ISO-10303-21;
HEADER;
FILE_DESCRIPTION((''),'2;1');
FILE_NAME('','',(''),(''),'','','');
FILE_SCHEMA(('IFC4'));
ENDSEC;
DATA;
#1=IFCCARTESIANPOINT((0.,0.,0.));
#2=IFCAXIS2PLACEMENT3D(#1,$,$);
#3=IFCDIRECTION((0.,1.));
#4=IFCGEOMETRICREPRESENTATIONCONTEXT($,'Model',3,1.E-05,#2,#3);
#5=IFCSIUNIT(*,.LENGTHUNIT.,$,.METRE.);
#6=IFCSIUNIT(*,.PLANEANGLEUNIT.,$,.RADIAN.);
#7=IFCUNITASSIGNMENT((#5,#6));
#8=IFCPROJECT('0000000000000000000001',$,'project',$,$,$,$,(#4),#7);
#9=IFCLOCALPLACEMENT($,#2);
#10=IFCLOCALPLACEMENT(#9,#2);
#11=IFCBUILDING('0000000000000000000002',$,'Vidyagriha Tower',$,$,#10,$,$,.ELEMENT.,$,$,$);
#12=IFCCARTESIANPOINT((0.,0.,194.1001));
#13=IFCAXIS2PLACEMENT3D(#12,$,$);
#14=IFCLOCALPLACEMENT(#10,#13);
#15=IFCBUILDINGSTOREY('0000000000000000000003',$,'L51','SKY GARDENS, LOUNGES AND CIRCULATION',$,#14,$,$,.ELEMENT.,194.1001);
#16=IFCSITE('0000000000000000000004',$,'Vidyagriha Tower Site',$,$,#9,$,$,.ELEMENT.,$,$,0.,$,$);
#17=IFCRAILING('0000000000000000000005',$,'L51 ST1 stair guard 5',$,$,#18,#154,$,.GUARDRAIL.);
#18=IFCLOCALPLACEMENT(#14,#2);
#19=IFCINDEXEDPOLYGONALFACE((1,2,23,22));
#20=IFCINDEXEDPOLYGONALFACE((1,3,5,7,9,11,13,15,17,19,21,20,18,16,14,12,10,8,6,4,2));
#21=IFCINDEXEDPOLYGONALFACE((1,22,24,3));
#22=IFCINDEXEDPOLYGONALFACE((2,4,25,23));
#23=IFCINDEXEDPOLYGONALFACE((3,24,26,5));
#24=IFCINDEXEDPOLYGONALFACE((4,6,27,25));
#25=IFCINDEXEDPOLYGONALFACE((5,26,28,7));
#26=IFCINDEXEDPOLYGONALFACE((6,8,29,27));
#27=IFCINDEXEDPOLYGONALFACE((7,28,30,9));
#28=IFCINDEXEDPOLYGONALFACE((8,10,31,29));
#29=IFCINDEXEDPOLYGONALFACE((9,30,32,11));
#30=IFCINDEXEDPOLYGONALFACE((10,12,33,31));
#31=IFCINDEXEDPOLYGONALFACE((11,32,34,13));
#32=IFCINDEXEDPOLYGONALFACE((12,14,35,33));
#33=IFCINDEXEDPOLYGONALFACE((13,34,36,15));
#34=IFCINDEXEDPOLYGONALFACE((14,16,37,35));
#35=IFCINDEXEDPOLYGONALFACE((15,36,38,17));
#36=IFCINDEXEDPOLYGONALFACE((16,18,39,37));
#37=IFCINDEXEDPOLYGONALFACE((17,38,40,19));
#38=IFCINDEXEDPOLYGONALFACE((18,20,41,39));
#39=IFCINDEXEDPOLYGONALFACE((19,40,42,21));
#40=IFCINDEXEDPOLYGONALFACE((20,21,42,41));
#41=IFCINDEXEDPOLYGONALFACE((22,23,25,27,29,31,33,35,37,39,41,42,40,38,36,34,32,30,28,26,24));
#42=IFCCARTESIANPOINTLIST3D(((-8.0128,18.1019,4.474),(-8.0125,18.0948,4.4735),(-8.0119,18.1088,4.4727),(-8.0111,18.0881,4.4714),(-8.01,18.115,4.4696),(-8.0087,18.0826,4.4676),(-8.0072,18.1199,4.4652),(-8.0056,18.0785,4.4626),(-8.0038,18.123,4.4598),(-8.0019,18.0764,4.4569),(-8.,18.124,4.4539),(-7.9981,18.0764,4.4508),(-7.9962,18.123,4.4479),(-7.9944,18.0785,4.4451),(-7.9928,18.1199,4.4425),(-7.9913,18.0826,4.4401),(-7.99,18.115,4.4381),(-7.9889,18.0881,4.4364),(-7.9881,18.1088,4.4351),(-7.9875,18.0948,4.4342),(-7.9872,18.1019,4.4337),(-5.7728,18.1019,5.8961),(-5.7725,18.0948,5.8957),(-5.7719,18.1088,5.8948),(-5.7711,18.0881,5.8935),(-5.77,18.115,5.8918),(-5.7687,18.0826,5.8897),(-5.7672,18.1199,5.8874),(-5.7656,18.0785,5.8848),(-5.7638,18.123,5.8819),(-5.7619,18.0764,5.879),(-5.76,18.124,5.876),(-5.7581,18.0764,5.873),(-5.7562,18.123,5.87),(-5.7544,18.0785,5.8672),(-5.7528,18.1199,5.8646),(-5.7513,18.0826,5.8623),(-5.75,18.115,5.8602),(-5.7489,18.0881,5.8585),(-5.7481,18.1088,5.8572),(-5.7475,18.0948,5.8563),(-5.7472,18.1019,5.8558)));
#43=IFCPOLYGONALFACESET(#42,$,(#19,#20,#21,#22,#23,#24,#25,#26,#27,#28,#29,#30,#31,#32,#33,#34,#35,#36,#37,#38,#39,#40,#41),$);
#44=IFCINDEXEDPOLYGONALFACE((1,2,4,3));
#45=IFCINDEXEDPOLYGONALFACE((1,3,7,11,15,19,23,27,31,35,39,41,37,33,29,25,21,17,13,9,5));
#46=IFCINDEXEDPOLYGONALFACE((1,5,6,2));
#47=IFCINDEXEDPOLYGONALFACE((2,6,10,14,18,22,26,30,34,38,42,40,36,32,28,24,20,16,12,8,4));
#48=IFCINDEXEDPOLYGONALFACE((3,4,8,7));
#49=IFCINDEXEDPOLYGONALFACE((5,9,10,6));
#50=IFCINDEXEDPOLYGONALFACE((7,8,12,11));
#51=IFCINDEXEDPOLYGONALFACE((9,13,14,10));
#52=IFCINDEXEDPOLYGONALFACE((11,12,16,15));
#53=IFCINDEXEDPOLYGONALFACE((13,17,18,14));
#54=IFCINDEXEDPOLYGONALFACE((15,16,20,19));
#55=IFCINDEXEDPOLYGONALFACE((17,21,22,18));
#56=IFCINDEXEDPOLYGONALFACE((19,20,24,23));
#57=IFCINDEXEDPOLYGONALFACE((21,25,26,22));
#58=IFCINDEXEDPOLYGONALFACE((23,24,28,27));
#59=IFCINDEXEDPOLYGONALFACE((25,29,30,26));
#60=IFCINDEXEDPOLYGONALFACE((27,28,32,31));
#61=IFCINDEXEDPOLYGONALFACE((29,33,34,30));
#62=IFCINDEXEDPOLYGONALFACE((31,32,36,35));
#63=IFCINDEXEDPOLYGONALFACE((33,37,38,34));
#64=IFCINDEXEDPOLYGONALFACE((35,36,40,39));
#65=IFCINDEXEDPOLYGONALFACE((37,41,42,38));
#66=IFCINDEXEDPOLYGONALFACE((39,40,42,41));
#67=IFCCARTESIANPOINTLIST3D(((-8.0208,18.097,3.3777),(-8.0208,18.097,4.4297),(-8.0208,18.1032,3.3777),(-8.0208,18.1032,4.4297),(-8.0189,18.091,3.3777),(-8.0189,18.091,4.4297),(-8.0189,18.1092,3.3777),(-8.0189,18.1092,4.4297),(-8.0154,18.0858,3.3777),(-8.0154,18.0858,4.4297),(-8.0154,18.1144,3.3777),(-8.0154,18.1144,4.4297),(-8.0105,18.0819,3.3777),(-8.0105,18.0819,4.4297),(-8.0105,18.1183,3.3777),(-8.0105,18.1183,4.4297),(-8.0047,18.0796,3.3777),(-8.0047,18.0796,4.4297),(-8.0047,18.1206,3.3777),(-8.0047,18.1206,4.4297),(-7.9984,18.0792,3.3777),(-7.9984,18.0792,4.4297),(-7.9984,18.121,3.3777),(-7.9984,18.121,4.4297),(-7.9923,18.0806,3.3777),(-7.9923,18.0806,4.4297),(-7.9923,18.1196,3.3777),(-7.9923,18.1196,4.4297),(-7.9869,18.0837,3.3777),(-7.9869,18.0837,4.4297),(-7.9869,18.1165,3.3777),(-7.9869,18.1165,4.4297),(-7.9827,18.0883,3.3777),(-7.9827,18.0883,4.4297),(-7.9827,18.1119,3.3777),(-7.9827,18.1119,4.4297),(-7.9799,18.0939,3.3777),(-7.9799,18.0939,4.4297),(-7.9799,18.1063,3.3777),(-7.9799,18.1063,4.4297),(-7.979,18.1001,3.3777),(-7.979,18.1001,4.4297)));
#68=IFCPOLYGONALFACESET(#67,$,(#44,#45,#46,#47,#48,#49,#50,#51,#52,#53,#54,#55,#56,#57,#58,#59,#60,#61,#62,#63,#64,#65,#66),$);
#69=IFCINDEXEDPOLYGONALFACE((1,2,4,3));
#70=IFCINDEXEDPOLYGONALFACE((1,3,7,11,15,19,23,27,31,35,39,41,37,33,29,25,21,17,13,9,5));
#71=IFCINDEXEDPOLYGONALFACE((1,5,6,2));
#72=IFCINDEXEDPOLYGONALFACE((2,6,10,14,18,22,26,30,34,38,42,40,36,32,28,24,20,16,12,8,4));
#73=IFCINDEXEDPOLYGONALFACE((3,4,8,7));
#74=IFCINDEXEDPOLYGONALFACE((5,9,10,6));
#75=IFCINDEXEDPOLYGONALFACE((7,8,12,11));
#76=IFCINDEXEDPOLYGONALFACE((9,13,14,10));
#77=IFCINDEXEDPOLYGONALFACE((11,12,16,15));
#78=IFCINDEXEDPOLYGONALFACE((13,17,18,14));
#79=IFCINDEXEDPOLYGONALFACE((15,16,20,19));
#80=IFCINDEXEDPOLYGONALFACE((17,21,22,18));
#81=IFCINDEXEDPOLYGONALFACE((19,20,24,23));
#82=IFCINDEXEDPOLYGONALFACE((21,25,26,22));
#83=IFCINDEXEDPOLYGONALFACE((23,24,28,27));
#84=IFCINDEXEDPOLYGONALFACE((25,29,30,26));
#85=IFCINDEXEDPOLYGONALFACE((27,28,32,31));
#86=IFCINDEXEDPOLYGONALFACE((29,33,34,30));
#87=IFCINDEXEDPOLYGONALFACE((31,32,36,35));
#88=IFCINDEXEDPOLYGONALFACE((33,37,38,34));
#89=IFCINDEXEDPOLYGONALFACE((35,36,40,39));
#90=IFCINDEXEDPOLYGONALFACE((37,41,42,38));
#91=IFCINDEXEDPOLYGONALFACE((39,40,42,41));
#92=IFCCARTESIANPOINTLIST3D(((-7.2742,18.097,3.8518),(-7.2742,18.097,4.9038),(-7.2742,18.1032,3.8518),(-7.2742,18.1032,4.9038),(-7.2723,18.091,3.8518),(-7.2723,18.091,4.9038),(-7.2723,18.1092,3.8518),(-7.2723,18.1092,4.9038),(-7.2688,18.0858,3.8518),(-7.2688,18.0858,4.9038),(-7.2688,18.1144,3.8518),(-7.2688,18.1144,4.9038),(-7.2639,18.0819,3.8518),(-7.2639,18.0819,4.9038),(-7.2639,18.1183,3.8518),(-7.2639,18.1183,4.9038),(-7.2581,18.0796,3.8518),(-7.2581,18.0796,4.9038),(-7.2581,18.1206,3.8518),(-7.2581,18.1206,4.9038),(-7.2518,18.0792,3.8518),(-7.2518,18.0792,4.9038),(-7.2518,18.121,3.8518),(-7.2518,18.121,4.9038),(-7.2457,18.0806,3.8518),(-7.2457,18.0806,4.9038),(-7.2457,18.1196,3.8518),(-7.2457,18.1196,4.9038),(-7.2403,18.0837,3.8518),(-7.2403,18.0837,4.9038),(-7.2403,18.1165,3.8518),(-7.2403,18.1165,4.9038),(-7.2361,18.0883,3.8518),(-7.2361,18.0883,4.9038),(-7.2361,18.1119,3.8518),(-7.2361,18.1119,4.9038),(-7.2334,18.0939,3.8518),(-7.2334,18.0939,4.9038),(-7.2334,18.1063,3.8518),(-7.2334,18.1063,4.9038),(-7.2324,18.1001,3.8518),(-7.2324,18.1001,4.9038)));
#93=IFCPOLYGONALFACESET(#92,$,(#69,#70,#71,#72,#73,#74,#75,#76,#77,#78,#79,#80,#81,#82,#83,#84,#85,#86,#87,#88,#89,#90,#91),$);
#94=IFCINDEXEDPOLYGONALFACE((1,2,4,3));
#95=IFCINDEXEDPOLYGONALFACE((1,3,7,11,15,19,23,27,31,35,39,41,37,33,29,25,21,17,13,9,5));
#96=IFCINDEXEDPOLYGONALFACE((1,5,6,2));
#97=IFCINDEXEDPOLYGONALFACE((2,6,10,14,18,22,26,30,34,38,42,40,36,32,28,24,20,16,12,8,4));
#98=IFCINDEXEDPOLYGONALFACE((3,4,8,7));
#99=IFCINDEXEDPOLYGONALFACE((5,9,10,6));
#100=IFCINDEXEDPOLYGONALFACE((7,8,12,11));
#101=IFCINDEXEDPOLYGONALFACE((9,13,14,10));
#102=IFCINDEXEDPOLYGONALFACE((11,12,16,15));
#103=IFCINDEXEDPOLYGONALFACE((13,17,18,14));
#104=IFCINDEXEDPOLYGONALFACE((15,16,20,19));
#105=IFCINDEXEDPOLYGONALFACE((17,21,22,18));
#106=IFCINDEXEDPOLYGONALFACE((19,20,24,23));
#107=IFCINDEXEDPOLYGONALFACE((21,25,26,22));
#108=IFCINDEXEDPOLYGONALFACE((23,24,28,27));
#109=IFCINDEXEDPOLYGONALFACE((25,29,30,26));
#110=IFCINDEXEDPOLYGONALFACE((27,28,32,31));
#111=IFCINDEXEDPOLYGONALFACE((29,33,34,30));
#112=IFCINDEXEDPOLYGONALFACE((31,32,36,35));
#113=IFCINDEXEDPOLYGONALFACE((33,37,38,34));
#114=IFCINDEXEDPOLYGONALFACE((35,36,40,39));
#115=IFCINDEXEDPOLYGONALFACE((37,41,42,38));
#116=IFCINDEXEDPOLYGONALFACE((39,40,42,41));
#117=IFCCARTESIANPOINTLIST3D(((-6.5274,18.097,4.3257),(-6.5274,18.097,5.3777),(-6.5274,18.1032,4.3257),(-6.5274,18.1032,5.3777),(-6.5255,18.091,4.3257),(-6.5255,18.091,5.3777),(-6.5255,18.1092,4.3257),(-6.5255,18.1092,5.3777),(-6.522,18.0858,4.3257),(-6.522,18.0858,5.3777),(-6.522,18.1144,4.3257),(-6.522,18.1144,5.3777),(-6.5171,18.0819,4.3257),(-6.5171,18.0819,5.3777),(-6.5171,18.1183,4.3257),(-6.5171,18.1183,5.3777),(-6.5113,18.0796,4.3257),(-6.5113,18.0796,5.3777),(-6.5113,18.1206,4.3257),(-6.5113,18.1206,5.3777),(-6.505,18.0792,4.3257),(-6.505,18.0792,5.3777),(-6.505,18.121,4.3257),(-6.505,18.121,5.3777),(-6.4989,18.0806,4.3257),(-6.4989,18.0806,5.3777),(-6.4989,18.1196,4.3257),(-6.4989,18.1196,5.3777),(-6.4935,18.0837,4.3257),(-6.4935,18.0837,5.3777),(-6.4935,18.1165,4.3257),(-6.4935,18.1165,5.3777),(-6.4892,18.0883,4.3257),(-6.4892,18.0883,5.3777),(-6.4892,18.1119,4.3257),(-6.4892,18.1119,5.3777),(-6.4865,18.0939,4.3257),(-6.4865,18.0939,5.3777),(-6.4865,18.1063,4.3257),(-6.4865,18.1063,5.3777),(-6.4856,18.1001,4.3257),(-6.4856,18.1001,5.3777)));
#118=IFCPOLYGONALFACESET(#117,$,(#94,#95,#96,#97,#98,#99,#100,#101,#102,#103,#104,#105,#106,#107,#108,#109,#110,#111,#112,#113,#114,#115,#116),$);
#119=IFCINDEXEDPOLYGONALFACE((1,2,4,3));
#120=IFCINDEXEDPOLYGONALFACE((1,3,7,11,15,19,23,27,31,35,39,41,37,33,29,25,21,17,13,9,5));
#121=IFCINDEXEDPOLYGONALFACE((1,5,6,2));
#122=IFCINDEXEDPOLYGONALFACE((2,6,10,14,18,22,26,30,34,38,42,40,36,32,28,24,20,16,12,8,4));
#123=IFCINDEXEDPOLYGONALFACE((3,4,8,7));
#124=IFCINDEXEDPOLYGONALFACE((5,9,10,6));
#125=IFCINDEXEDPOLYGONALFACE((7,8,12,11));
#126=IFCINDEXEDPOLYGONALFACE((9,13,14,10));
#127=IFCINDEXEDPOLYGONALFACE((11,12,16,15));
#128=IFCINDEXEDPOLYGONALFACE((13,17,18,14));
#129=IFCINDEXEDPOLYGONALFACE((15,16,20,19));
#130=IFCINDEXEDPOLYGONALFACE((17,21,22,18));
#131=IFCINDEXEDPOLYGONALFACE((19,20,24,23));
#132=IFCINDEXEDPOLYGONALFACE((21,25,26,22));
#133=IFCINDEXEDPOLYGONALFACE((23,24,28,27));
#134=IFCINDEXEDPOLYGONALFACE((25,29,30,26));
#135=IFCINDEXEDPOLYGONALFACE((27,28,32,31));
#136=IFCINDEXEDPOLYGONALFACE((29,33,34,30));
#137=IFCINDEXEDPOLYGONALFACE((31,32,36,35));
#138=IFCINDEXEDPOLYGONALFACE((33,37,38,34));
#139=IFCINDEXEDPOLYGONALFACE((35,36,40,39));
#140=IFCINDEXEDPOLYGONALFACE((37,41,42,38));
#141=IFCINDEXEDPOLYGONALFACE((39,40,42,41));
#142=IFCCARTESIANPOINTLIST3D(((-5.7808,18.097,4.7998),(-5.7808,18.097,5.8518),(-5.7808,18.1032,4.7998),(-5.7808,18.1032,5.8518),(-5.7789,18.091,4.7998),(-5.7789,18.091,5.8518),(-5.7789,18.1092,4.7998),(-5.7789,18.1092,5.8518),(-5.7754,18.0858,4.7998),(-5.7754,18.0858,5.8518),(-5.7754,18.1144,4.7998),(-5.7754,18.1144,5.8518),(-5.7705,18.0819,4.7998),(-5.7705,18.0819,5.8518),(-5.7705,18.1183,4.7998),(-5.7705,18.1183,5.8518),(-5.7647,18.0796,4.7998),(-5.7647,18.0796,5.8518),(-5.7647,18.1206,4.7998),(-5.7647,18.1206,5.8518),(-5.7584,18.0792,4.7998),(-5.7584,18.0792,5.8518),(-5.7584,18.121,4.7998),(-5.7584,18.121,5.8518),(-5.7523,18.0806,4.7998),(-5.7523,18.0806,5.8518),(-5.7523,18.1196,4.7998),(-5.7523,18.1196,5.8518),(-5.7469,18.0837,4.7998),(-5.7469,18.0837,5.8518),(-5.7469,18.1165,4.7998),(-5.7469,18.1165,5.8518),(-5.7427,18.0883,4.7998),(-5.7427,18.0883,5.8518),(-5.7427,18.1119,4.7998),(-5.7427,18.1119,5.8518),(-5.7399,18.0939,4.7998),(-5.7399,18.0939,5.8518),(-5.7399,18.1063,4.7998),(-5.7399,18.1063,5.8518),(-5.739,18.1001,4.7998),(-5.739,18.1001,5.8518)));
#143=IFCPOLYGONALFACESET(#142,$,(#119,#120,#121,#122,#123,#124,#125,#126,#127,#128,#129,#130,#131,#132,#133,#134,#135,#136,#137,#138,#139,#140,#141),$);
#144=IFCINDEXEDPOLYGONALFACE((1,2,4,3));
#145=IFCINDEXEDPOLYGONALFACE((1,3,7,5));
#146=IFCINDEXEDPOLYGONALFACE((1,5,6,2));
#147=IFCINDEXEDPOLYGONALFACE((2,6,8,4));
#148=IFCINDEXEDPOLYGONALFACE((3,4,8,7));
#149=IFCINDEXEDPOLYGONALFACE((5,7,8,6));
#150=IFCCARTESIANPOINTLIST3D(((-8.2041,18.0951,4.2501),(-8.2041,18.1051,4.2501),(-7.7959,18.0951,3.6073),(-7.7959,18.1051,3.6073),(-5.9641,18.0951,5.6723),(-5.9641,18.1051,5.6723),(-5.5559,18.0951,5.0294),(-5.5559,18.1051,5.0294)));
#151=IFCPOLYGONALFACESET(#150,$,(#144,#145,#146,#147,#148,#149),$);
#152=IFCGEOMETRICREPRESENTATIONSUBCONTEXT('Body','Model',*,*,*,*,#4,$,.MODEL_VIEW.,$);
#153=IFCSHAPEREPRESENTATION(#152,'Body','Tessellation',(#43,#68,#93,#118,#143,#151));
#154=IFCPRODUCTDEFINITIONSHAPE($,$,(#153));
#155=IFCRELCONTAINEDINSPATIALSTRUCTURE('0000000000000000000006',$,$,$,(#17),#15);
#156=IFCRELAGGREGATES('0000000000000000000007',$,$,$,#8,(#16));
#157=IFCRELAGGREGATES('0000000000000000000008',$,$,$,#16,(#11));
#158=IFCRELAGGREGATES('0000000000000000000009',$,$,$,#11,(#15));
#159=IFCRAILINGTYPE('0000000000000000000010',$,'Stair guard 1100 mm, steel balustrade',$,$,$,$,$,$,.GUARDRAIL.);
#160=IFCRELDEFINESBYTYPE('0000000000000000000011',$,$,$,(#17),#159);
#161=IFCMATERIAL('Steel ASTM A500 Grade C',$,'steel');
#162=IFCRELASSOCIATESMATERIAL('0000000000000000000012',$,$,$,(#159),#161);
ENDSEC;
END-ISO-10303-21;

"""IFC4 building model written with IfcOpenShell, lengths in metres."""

from ifc_helpers import new_model, si_unit, direction, frame, origin, origin_2d, place, context, subcontext, project, spatial, rectangle, circle, extrude, material, type_object, element, save


model = new_model("IFC4")

# Units and contexts
model_context = context("Model", 3, precision=1e-05, world=origin(), true_north=direction((0.0, 1.0)))
body_context = subcontext(model_context, "Body", "Model", "MODEL_VIEW")
ifc_project = project(units=[si_unit("LENGTHUNIT", "METRE"), si_unit("PLANEANGLEUNIT", "RADIAN")], contexts=[model_context])

# Site, building, storey
site_placement = place(None, origin())
site = spatial("IfcSite", under=ifc_project, at=site_placement, Name="Vidyagriha Tower Site", CompositionType="ELEMENT", RefElevation=0.0)
building_placement = place(site_placement, origin())
building = spatial("IfcBuilding", under=site, at=building_placement, Name="Vidyagriha Tower", CompositionType="ELEMENT")
storey_placement = place(building_placement, frame((0.0, 0.0, 194.1001)))
storey = spatial("IfcBuildingStorey", under=building, at=storey_placement, Name="L51", Description="SKY GARDENS, LOUNGES AND CIRCULATION", CompositionType="ELEMENT", Elevation=194.1001)

# Railing
ifc_material_1 = material(Name="Steel ASTM A500 Grade C", Category="steel")
railing_type_1 = type_object("IfcRailingType", Name="Stair guard 1100 mm, steel balustrade", PredefinedType="GUARDRAIL", material=ifc_material_1)
railing_1_placement = place(storey_placement, frame((-8.0, 18.1001, 3.3777)))
element("IfcRailing", 1, at=railing_1_placement, inside=storey, type_object=railing_type_1, Name="L51 ST1 stair guard 5", PredefinedType="GUARDRAIL", context=body_context, shape_type="SweptSolid", body=[
    extrude(circle(Radius=0.0239, at=origin_2d()), frame((0.0, 0.0, 1.0762), z_axis=(0.844229, 0.0, 0.535982), x_axis=(0.0, 1.0, 0.0)), (0.0, 0.0, 1.0), 2.6533),
    extrude(circle(Radius=0.021, at=origin_2d()), origin(), (0.0, 0.0, 1.0), 1.052),
    extrude(circle(Radius=0.021, at=origin_2d()), frame((0.7466, 0.0, 0.4741)), (0.0, 0.0, 1.0), 1.052),
    extrude(circle(Radius=0.021, at=origin_2d()), frame((1.4934, 0.0, 0.948)), (0.0, 0.0, 1.0), 1.052),
    extrude(circle(Radius=0.021, at=origin_2d()), frame((2.24, 0.0, 1.4221)), (0.0, 0.0, 1.0), 1.052),
    extrude(rectangle(XDim=0.01, YDim=0.7615, at=origin_2d()), frame((0.0, 0.0, 0.551), z_axis=(0.844229, 0.0, 0.535982), x_axis=(0.0, 1.0, 0.0)), (0.0, 0.0, 1.0), 2.6533),
])

save(model, "model.ifc")
